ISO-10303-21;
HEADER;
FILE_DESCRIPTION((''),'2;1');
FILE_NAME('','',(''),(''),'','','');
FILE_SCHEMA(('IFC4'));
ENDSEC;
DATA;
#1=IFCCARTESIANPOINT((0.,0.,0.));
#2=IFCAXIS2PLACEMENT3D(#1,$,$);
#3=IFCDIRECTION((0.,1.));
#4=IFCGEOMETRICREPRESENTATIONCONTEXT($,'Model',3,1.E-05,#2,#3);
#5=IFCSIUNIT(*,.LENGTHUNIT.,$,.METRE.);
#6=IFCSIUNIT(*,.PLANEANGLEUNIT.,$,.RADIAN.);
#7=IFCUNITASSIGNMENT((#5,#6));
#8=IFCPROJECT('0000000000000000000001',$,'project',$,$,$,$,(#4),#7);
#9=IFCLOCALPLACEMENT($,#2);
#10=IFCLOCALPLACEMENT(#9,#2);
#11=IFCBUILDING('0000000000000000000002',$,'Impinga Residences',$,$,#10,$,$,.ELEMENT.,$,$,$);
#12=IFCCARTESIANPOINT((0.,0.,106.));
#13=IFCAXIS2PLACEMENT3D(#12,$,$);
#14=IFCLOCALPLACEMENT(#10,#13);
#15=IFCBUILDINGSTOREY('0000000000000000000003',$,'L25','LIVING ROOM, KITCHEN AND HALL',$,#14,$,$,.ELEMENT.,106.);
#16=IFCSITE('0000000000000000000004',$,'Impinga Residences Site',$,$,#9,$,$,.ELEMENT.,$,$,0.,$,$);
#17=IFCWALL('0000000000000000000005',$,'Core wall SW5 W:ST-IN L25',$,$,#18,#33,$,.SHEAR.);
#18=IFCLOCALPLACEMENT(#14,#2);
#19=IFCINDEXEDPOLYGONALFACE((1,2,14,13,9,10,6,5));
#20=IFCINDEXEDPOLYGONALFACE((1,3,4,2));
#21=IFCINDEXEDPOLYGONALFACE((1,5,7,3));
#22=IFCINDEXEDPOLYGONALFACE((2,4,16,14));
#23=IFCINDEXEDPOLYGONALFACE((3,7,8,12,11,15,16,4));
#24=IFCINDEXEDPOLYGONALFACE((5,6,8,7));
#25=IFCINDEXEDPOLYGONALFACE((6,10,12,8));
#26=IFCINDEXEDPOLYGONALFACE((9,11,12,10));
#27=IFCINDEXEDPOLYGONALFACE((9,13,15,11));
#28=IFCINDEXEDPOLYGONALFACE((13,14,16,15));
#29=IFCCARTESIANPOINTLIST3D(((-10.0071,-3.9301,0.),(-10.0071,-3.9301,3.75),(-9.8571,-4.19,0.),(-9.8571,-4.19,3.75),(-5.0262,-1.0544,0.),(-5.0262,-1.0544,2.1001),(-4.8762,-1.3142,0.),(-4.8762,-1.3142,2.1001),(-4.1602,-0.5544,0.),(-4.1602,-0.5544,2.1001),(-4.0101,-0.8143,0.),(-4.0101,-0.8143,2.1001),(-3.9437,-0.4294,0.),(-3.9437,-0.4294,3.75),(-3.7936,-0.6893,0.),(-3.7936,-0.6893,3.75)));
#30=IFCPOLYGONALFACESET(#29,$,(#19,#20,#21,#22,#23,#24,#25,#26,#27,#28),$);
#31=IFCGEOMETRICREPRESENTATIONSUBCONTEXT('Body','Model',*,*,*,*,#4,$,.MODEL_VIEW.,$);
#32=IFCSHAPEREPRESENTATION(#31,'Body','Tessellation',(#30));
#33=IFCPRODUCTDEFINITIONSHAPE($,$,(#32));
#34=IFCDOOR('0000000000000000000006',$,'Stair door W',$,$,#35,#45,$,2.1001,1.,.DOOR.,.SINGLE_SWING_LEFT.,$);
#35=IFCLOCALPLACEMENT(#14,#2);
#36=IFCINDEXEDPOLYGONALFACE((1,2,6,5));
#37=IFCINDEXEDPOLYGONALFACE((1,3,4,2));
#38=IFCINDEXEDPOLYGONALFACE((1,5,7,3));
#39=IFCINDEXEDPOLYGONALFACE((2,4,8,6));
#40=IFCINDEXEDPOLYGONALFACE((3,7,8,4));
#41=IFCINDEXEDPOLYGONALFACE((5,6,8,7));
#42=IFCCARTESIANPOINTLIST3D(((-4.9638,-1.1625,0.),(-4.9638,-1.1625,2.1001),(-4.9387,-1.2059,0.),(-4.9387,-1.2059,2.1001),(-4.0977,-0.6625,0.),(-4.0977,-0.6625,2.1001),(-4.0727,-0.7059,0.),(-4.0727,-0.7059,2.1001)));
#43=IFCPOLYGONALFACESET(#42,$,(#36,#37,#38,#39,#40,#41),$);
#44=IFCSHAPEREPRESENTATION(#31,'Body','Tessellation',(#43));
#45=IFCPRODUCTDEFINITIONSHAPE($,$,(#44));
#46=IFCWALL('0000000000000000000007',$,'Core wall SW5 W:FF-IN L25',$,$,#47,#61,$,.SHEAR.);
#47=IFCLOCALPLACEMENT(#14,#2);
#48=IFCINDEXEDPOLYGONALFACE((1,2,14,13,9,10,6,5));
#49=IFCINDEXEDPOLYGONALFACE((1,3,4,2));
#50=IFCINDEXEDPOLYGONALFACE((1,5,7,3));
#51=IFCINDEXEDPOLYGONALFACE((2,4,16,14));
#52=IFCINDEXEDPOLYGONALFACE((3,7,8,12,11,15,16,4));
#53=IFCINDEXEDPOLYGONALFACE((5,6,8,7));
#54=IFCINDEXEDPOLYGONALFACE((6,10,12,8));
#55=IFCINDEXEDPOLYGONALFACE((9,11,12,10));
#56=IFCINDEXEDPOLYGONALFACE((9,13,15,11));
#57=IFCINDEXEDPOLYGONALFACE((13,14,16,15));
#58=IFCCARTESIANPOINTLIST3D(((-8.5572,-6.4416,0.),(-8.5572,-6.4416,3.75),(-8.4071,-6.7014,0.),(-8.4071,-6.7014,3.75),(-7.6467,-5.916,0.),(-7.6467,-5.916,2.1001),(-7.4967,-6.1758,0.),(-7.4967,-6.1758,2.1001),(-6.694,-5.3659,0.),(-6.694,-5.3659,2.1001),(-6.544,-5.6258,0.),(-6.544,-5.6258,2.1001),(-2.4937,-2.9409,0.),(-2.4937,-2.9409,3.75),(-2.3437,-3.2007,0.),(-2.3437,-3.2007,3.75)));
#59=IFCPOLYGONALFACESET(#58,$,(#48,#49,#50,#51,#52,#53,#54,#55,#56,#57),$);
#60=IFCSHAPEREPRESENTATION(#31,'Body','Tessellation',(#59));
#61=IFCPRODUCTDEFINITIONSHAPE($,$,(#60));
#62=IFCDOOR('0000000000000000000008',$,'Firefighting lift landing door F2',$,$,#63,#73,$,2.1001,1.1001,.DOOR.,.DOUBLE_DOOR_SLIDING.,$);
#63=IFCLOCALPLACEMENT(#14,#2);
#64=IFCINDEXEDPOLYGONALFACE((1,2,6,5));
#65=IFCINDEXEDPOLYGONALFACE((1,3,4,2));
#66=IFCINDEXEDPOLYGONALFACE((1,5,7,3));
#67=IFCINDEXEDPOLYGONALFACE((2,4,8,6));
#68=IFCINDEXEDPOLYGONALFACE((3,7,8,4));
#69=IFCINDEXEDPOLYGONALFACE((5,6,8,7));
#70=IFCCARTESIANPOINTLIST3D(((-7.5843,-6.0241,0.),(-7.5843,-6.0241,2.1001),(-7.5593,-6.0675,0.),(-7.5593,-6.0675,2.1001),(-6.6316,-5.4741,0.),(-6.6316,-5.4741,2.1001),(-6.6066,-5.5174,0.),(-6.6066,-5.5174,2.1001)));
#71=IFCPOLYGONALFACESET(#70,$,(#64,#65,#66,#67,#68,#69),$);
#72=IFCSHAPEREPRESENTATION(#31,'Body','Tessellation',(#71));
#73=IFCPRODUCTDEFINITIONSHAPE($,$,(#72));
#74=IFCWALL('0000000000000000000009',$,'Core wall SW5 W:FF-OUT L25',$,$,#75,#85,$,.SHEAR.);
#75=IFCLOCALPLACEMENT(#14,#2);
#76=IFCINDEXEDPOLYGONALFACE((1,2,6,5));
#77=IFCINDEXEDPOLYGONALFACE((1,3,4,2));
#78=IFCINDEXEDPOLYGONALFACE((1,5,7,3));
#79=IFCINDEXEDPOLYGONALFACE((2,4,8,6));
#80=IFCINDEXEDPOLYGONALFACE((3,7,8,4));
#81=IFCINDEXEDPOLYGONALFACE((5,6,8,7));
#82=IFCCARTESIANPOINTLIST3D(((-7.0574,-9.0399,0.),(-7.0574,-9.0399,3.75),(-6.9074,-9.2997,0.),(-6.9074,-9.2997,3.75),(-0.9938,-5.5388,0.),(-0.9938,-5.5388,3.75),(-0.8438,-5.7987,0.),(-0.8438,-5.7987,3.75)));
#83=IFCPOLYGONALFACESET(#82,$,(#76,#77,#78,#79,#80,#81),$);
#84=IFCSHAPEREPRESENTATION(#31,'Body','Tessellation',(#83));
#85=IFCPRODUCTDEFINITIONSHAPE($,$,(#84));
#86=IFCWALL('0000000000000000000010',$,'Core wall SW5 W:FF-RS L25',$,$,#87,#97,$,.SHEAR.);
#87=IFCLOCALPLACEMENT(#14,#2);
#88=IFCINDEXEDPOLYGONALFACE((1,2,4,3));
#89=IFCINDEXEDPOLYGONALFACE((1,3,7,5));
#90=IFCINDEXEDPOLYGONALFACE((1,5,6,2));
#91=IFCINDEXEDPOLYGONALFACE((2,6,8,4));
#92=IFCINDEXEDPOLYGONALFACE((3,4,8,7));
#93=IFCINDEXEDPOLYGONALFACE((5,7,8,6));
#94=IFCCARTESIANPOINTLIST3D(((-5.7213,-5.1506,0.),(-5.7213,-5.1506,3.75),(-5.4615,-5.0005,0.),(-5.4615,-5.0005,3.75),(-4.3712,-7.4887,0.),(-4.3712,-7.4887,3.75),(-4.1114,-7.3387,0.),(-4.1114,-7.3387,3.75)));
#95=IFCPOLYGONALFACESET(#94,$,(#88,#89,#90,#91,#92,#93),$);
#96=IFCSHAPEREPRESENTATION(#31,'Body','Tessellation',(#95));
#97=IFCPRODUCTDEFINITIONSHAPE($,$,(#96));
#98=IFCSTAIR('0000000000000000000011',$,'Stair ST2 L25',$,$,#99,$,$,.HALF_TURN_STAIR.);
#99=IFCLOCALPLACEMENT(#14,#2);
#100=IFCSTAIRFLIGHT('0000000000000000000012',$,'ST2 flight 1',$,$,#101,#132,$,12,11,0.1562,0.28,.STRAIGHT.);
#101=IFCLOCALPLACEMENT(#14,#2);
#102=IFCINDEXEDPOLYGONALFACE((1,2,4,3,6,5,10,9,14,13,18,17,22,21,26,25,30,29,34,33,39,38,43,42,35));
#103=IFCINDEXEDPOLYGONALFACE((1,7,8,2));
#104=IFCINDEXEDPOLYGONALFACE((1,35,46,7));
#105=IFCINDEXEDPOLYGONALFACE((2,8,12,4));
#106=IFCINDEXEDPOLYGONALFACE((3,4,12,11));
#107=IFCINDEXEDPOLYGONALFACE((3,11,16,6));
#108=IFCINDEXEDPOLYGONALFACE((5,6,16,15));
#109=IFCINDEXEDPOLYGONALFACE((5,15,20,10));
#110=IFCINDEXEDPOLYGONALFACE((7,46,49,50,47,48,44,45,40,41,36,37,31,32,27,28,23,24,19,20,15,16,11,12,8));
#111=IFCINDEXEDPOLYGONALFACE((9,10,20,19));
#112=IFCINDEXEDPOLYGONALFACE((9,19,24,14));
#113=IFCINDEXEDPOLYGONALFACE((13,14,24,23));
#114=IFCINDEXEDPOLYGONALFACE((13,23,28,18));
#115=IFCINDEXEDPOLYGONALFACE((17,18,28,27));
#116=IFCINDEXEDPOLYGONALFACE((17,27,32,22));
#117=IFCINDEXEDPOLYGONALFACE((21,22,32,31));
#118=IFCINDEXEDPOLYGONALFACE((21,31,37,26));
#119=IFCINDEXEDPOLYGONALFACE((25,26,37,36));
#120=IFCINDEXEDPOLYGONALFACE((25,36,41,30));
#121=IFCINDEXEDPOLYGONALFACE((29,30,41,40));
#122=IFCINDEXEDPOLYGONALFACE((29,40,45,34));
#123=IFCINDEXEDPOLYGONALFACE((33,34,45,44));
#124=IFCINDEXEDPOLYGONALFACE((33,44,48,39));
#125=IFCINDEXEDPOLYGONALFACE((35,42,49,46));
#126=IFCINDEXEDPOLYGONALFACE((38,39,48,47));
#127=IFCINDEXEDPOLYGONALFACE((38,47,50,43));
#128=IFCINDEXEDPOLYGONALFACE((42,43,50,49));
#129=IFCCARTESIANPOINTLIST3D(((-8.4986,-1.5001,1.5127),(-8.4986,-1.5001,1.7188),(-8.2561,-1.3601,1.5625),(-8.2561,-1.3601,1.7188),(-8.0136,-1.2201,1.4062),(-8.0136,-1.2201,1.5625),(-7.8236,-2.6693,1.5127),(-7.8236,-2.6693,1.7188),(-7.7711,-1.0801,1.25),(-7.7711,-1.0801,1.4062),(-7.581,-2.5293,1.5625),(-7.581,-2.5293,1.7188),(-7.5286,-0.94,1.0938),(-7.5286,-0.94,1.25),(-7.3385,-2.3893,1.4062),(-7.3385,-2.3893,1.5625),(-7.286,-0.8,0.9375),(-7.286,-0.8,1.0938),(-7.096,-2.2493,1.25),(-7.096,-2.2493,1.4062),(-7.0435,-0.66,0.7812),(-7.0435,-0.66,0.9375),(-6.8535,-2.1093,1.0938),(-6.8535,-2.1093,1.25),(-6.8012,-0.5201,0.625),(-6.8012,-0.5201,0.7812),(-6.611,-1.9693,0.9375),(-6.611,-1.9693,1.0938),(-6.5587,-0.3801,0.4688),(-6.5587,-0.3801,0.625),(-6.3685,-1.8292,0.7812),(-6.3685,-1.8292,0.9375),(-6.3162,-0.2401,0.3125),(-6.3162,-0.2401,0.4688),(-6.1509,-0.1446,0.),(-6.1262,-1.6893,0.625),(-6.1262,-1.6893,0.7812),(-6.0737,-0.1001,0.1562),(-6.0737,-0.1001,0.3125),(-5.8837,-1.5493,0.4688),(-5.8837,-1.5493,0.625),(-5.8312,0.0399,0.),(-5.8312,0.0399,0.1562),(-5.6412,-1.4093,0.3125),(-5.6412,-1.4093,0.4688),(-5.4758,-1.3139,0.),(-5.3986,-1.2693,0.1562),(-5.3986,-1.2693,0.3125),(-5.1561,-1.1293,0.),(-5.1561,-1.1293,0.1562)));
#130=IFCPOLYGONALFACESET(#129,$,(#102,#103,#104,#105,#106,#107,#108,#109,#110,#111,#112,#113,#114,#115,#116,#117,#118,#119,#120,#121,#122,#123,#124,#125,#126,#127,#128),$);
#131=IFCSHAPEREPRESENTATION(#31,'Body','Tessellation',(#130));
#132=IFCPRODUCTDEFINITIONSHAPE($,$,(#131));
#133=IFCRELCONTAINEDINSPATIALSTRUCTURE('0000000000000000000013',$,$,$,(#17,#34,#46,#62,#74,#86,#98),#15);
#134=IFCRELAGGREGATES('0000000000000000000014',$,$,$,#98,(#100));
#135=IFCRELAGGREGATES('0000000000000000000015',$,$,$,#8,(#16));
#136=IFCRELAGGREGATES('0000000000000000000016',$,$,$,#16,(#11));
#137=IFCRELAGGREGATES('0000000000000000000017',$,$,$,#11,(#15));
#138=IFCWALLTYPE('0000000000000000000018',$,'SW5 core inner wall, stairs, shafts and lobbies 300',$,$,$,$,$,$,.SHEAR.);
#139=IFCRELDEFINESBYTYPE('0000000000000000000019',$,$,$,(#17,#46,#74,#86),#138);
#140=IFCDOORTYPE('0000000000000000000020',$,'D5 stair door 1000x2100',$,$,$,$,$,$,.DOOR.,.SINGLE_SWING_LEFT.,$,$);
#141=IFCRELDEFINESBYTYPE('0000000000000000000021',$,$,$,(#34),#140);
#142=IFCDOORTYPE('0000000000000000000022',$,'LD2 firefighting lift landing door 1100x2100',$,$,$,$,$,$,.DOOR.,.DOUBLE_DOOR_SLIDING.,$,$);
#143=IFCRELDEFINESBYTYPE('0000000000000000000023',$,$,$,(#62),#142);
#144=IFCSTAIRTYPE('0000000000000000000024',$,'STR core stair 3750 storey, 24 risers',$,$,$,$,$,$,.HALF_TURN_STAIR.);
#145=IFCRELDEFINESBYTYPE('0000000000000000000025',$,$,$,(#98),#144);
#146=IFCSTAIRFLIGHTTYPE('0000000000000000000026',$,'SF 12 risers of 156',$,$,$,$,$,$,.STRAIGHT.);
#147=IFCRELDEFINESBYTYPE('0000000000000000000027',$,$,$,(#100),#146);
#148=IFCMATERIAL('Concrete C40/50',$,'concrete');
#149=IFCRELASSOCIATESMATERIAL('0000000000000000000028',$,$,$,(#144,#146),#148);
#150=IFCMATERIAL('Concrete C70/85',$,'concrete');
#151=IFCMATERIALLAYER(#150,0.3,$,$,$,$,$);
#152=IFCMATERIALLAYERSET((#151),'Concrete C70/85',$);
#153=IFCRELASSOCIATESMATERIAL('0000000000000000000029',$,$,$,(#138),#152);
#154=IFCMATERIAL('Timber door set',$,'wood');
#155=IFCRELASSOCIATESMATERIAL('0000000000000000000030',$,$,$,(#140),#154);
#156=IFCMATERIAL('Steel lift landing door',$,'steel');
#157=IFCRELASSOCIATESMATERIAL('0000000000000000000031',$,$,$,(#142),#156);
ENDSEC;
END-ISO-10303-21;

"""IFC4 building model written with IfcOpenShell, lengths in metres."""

from ifc_helpers import new_model, si_unit, direction, frame, frame_2d, origin, place, context, subcontext, project, spatial, polyline, rectangle, outline, extrude, material, layer, layer_set, type_object, element, fill, aggregate, save


model = new_model("IFC4")

# Units and contexts
model_context = context("Model", 3, precision=1e-05, world=origin(), true_north=direction((0.0, 1.0)))
body_context = subcontext(model_context, "Body", "Model", "MODEL_VIEW")
ifc_project = project(units=[si_unit("LENGTHUNIT", "METRE"), si_unit("PLANEANGLEUNIT", "RADIAN")], contexts=[model_context])

# Site, building, storey
site_placement = place(None, origin())
site = spatial("IfcSite", under=ifc_project, at=site_placement, Name="Impinga Residences Site", CompositionType="ELEMENT", RefElevation=0.0)
building_placement = place(site_placement, origin())
building = spatial("IfcBuilding", under=site, at=building_placement, Name="Impinga Residences", CompositionType="ELEMENT")
storey_placement = place(building_placement, frame((0.0, 0.0, 106.0)))
storey = spatial("IfcBuildingStorey", under=building, at=storey_placement, Name="L25", Description="LIVING ROOM, KITCHEN AND HALL", CompositionType="ELEMENT", Elevation=106.0)

# Shared definitions
ifc_material_1 = material(Name="Concrete C40/50", Category="concrete")
stair_type = type_object("IfcStairType", Name="STR core stair 3750 storey, 24 risers", PredefinedType="HALF_TURN_STAIR", material=ifc_material_1)

# Shared definitions
ifc_material_2 = material(Name="Concrete C70/85", Category="concrete")
ifc_layer_1 = layer(ifc_material_2, 0.3)
ifc_layer_set_1 = layer_set([ifc_layer_1], Name="Concrete C70/85")
wall_type_1 = type_object("IfcWallType", Name="SW5 core inner wall, stairs, shafts and lobbies 300", PredefinedType="SHEAR", material=ifc_layer_set_1)
ifc_material_3 = material(Name="Timber door set", Category="wood")

# Walls, openings, doors
wall_1_placement = place(storey_placement, frame((-3.8687, -0.5593, 0.0), z_axis=(0.0, 0.0, 1.0), x_axis=(-0.866026, -0.499998, 0.0)))
wall_1 = element("IfcWall", 1, at=wall_1_placement, inside=storey, type_object=wall_type_1, Name="Core wall SW5 W:ST-IN L25", PredefinedType="SHEAR", context=body_context, shape_type="SweptSolid", body=[
    extrude(rectangle(XDim=7.0015, YDim=0.3, at=frame_2d((3.5007, 0.0))), origin(), (0.0, 0.0, 1.0), 3.75),
])
opening_1_placement = place(wall_1_placement, frame((0.25, 0.0, 0.0)))
opening_1 = element("IfcOpeningElement", 2, at=opening_1_placement, cuts=wall_1, PredefinedType="OPENING", context=body_context, shape_type="SweptSolid", body=[
    extrude(rectangle(XDim=1.0, YDim=2.1001, at=frame_2d((0.5, 1.05))), frame((0.0, 0.1599, 0.0), z_axis=(0.0, -1.0, 0.0), x_axis=(1.0, 0.0, 0.0)), (0.0, 0.0, 1.0), 0.3201),
])
door_type_1 = type_object("IfcDoorType", Name="D5 stair door 1000x2100", OperationType="SINGLE_SWING_LEFT", PredefinedType="DOOR", material=ifc_material_3)
door_1_placement = place(opening_1_placement, origin())
door_1 = element("IfcDoor", 3, at=door_1_placement, inside=storey, type_object=door_type_1, Name="Stair door W", OperationType="SINGLE_SWING_LEFT", OverallHeight=2.1001, OverallWidth=1.0, PredefinedType="DOOR", context=body_context, shape_type="SweptSolid", body=[
    extrude(rectangle(XDim=1.0, YDim=2.1001, at=frame_2d((0.5, 1.05))), frame((0.0, 0.0249, 0.0), z_axis=(0.0, -1.0, 0.0), x_axis=(1.0, 0.0, 0.0)), (0.0, 0.0, 1.0), 0.05),
])
fill(opening_1, door_1)
wall_2_placement = place(storey_placement, frame((-2.4187, -3.0708, 0.0), z_axis=(0.0, 0.0, 1.0), x_axis=(-0.866026, -0.499998, 0.0)))
wall_2 = element("IfcWall", 4, at=wall_2_placement, inside=storey, type_object=wall_type_1, Name="Core wall SW5 W:FF-IN L25", PredefinedType="SHEAR", context=body_context, shape_type="SweptSolid", body=[
    extrude(rectangle(XDim=7.0015, YDim=0.3, at=frame_2d((3.5007, 0.0))), origin(), (0.0, 0.0, 1.0), 3.75),
])
opening_2_placement = place(wall_2_placement, frame((4.8501, 0.0, 0.0)))
opening_2 = element("IfcOpeningElement", 5, at=opening_2_placement, cuts=wall_2, PredefinedType="OPENING", context=body_context, shape_type="SweptSolid", body=[
    extrude(rectangle(XDim=1.1001, YDim=2.1001, at=frame_2d((0.55, 1.05))), frame((0.0, 0.1599, 0.0), z_axis=(0.0, -1.0, 0.0), x_axis=(1.0, 0.0, 0.0)), (0.0, 0.0, 1.0), 0.3201),
])
ifc_material_4 = material(Name="Steel lift landing door", Category="steel")
door_type_2 = type_object("IfcDoorType", Name="LD2 firefighting lift landing door 1100x2100", OperationType="DOUBLE_DOOR_SLIDING", PredefinedType="DOOR", material=ifc_material_4)
door_2_placement = place(opening_2_placement, origin())
door_2 = element("IfcDoor", 6, at=door_2_placement, inside=storey, type_object=door_type_2, Name="Firefighting lift landing door F2", OperationType="DOUBLE_DOOR_SLIDING", OverallHeight=2.1001, OverallWidth=1.1001, PredefinedType="DOOR", context=body_context, shape_type="SweptSolid", body=[
    extrude(rectangle(XDim=1.1001, YDim=2.1001, at=frame_2d((0.55, 1.05))), frame((0.0, 0.0249, 0.0), z_axis=(0.0, -1.0, 0.0), x_axis=(1.0, 0.0, 0.0)), (0.0, 0.0, 1.0), 0.05),
])
fill(opening_2, door_2)

# Walls
wall_3_placement = place(storey_placement, frame((-0.9187, -5.6687, 0.0), z_axis=(0.0, 0.0, 1.0), x_axis=(-0.866011, -0.500024, 0.0)))
element("IfcWall", 7, at=wall_3_placement, inside=storey, type_object=wall_type_1, Name="Core wall SW5 W:FF-OUT L25", PredefinedType="SHEAR", context=body_context, shape_type="SweptSolid", body=[
    extrude(rectangle(XDim=7.0017, YDim=0.3, at=frame_2d((3.501, 0.0))), origin(), (0.0, 0.0, 1.0), 3.75),
])
wall_4_placement = place(storey_placement, frame((-4.2412, -7.4138, 0.0), z_axis=(0.0, 0.0, 1.0), x_axis=(-0.500049, 0.865997, 0.0)))
element("IfcWall", 8, at=wall_4_placement, inside=storey, type_object=wall_type_1, Name="Core wall SW5 W:FF-RS L25", PredefinedType="SHEAR", context=body_context, shape_type="SweptSolid", body=[
    extrude(rectangle(XDim=2.7, YDim=0.3, at=frame_2d((1.3501, 0.0))), origin(), (0.0, 0.0, 1.0), 3.75),
])

# Stair, stair flight
stair_1_placement = place(storey_placement, origin())
stair_1 = element("IfcStair", 9, at=stair_1_placement, inside=storey, type_object=stair_type, Name="Stair ST2 L25", PredefinedType="HALF_TURN_STAIR")
stair_flight_type = type_object("IfcStairFlightType", Name="SF 12 risers of 156", PredefinedType="STRAIGHT", material=ifc_material_1)
stair_flight_placement = place(storey_placement, frame((-5.4937, -0.5447, 0.0), z_axis=(0.0, 0.0, 1.0), x_axis=(-0.866025, -0.5, 0.0)))
stair_flight = element("IfcStairFlight", 10, at=stair_flight_placement, type_object=stair_flight_type, Name="ST2 flight 1", NumberOfRisers=12, NumberOfTreads=11, PredefinedType="STRAIGHT", RiserHeight=0.1562, TreadLength=0.28, context=body_context, shape_type="SweptSolid", body=[
    extrude(outline(polyline([(0.0, 0.0), (0.0, 0.1562), (0.28, 0.1562), (0.28, 0.3125), (0.5601, 0.3125), (0.5601, 0.4688), (0.8401, 0.4688), (0.8401, 0.625), (1.1201, 0.625), (1.1201, 0.7812), (1.3999, 0.7812), (1.3999, 0.9375), (1.6799, 0.9375), (1.6799, 1.0938), (1.96, 1.0938), (1.96, 1.25), (2.24, 1.25), (2.24, 1.4062), (2.52, 1.4062), (2.52, 1.5625), (2.8, 1.5625), (2.8, 1.7188), (3.0801, 1.7188), (3.0801, 1.875), (3.0801, 1.5127), (0.3691, 0.0), (0.0, 0.0)])), frame((0.0, 0.675, 0.0), z_axis=(0.0, -1.0, 0.0), x_axis=(1.0, 0.0, 0.0)), (0.0, 0.0, 1.0), 1.3501),
])
aggregate(stair_1, [stair_flight])

save(model, "model.ifc")
